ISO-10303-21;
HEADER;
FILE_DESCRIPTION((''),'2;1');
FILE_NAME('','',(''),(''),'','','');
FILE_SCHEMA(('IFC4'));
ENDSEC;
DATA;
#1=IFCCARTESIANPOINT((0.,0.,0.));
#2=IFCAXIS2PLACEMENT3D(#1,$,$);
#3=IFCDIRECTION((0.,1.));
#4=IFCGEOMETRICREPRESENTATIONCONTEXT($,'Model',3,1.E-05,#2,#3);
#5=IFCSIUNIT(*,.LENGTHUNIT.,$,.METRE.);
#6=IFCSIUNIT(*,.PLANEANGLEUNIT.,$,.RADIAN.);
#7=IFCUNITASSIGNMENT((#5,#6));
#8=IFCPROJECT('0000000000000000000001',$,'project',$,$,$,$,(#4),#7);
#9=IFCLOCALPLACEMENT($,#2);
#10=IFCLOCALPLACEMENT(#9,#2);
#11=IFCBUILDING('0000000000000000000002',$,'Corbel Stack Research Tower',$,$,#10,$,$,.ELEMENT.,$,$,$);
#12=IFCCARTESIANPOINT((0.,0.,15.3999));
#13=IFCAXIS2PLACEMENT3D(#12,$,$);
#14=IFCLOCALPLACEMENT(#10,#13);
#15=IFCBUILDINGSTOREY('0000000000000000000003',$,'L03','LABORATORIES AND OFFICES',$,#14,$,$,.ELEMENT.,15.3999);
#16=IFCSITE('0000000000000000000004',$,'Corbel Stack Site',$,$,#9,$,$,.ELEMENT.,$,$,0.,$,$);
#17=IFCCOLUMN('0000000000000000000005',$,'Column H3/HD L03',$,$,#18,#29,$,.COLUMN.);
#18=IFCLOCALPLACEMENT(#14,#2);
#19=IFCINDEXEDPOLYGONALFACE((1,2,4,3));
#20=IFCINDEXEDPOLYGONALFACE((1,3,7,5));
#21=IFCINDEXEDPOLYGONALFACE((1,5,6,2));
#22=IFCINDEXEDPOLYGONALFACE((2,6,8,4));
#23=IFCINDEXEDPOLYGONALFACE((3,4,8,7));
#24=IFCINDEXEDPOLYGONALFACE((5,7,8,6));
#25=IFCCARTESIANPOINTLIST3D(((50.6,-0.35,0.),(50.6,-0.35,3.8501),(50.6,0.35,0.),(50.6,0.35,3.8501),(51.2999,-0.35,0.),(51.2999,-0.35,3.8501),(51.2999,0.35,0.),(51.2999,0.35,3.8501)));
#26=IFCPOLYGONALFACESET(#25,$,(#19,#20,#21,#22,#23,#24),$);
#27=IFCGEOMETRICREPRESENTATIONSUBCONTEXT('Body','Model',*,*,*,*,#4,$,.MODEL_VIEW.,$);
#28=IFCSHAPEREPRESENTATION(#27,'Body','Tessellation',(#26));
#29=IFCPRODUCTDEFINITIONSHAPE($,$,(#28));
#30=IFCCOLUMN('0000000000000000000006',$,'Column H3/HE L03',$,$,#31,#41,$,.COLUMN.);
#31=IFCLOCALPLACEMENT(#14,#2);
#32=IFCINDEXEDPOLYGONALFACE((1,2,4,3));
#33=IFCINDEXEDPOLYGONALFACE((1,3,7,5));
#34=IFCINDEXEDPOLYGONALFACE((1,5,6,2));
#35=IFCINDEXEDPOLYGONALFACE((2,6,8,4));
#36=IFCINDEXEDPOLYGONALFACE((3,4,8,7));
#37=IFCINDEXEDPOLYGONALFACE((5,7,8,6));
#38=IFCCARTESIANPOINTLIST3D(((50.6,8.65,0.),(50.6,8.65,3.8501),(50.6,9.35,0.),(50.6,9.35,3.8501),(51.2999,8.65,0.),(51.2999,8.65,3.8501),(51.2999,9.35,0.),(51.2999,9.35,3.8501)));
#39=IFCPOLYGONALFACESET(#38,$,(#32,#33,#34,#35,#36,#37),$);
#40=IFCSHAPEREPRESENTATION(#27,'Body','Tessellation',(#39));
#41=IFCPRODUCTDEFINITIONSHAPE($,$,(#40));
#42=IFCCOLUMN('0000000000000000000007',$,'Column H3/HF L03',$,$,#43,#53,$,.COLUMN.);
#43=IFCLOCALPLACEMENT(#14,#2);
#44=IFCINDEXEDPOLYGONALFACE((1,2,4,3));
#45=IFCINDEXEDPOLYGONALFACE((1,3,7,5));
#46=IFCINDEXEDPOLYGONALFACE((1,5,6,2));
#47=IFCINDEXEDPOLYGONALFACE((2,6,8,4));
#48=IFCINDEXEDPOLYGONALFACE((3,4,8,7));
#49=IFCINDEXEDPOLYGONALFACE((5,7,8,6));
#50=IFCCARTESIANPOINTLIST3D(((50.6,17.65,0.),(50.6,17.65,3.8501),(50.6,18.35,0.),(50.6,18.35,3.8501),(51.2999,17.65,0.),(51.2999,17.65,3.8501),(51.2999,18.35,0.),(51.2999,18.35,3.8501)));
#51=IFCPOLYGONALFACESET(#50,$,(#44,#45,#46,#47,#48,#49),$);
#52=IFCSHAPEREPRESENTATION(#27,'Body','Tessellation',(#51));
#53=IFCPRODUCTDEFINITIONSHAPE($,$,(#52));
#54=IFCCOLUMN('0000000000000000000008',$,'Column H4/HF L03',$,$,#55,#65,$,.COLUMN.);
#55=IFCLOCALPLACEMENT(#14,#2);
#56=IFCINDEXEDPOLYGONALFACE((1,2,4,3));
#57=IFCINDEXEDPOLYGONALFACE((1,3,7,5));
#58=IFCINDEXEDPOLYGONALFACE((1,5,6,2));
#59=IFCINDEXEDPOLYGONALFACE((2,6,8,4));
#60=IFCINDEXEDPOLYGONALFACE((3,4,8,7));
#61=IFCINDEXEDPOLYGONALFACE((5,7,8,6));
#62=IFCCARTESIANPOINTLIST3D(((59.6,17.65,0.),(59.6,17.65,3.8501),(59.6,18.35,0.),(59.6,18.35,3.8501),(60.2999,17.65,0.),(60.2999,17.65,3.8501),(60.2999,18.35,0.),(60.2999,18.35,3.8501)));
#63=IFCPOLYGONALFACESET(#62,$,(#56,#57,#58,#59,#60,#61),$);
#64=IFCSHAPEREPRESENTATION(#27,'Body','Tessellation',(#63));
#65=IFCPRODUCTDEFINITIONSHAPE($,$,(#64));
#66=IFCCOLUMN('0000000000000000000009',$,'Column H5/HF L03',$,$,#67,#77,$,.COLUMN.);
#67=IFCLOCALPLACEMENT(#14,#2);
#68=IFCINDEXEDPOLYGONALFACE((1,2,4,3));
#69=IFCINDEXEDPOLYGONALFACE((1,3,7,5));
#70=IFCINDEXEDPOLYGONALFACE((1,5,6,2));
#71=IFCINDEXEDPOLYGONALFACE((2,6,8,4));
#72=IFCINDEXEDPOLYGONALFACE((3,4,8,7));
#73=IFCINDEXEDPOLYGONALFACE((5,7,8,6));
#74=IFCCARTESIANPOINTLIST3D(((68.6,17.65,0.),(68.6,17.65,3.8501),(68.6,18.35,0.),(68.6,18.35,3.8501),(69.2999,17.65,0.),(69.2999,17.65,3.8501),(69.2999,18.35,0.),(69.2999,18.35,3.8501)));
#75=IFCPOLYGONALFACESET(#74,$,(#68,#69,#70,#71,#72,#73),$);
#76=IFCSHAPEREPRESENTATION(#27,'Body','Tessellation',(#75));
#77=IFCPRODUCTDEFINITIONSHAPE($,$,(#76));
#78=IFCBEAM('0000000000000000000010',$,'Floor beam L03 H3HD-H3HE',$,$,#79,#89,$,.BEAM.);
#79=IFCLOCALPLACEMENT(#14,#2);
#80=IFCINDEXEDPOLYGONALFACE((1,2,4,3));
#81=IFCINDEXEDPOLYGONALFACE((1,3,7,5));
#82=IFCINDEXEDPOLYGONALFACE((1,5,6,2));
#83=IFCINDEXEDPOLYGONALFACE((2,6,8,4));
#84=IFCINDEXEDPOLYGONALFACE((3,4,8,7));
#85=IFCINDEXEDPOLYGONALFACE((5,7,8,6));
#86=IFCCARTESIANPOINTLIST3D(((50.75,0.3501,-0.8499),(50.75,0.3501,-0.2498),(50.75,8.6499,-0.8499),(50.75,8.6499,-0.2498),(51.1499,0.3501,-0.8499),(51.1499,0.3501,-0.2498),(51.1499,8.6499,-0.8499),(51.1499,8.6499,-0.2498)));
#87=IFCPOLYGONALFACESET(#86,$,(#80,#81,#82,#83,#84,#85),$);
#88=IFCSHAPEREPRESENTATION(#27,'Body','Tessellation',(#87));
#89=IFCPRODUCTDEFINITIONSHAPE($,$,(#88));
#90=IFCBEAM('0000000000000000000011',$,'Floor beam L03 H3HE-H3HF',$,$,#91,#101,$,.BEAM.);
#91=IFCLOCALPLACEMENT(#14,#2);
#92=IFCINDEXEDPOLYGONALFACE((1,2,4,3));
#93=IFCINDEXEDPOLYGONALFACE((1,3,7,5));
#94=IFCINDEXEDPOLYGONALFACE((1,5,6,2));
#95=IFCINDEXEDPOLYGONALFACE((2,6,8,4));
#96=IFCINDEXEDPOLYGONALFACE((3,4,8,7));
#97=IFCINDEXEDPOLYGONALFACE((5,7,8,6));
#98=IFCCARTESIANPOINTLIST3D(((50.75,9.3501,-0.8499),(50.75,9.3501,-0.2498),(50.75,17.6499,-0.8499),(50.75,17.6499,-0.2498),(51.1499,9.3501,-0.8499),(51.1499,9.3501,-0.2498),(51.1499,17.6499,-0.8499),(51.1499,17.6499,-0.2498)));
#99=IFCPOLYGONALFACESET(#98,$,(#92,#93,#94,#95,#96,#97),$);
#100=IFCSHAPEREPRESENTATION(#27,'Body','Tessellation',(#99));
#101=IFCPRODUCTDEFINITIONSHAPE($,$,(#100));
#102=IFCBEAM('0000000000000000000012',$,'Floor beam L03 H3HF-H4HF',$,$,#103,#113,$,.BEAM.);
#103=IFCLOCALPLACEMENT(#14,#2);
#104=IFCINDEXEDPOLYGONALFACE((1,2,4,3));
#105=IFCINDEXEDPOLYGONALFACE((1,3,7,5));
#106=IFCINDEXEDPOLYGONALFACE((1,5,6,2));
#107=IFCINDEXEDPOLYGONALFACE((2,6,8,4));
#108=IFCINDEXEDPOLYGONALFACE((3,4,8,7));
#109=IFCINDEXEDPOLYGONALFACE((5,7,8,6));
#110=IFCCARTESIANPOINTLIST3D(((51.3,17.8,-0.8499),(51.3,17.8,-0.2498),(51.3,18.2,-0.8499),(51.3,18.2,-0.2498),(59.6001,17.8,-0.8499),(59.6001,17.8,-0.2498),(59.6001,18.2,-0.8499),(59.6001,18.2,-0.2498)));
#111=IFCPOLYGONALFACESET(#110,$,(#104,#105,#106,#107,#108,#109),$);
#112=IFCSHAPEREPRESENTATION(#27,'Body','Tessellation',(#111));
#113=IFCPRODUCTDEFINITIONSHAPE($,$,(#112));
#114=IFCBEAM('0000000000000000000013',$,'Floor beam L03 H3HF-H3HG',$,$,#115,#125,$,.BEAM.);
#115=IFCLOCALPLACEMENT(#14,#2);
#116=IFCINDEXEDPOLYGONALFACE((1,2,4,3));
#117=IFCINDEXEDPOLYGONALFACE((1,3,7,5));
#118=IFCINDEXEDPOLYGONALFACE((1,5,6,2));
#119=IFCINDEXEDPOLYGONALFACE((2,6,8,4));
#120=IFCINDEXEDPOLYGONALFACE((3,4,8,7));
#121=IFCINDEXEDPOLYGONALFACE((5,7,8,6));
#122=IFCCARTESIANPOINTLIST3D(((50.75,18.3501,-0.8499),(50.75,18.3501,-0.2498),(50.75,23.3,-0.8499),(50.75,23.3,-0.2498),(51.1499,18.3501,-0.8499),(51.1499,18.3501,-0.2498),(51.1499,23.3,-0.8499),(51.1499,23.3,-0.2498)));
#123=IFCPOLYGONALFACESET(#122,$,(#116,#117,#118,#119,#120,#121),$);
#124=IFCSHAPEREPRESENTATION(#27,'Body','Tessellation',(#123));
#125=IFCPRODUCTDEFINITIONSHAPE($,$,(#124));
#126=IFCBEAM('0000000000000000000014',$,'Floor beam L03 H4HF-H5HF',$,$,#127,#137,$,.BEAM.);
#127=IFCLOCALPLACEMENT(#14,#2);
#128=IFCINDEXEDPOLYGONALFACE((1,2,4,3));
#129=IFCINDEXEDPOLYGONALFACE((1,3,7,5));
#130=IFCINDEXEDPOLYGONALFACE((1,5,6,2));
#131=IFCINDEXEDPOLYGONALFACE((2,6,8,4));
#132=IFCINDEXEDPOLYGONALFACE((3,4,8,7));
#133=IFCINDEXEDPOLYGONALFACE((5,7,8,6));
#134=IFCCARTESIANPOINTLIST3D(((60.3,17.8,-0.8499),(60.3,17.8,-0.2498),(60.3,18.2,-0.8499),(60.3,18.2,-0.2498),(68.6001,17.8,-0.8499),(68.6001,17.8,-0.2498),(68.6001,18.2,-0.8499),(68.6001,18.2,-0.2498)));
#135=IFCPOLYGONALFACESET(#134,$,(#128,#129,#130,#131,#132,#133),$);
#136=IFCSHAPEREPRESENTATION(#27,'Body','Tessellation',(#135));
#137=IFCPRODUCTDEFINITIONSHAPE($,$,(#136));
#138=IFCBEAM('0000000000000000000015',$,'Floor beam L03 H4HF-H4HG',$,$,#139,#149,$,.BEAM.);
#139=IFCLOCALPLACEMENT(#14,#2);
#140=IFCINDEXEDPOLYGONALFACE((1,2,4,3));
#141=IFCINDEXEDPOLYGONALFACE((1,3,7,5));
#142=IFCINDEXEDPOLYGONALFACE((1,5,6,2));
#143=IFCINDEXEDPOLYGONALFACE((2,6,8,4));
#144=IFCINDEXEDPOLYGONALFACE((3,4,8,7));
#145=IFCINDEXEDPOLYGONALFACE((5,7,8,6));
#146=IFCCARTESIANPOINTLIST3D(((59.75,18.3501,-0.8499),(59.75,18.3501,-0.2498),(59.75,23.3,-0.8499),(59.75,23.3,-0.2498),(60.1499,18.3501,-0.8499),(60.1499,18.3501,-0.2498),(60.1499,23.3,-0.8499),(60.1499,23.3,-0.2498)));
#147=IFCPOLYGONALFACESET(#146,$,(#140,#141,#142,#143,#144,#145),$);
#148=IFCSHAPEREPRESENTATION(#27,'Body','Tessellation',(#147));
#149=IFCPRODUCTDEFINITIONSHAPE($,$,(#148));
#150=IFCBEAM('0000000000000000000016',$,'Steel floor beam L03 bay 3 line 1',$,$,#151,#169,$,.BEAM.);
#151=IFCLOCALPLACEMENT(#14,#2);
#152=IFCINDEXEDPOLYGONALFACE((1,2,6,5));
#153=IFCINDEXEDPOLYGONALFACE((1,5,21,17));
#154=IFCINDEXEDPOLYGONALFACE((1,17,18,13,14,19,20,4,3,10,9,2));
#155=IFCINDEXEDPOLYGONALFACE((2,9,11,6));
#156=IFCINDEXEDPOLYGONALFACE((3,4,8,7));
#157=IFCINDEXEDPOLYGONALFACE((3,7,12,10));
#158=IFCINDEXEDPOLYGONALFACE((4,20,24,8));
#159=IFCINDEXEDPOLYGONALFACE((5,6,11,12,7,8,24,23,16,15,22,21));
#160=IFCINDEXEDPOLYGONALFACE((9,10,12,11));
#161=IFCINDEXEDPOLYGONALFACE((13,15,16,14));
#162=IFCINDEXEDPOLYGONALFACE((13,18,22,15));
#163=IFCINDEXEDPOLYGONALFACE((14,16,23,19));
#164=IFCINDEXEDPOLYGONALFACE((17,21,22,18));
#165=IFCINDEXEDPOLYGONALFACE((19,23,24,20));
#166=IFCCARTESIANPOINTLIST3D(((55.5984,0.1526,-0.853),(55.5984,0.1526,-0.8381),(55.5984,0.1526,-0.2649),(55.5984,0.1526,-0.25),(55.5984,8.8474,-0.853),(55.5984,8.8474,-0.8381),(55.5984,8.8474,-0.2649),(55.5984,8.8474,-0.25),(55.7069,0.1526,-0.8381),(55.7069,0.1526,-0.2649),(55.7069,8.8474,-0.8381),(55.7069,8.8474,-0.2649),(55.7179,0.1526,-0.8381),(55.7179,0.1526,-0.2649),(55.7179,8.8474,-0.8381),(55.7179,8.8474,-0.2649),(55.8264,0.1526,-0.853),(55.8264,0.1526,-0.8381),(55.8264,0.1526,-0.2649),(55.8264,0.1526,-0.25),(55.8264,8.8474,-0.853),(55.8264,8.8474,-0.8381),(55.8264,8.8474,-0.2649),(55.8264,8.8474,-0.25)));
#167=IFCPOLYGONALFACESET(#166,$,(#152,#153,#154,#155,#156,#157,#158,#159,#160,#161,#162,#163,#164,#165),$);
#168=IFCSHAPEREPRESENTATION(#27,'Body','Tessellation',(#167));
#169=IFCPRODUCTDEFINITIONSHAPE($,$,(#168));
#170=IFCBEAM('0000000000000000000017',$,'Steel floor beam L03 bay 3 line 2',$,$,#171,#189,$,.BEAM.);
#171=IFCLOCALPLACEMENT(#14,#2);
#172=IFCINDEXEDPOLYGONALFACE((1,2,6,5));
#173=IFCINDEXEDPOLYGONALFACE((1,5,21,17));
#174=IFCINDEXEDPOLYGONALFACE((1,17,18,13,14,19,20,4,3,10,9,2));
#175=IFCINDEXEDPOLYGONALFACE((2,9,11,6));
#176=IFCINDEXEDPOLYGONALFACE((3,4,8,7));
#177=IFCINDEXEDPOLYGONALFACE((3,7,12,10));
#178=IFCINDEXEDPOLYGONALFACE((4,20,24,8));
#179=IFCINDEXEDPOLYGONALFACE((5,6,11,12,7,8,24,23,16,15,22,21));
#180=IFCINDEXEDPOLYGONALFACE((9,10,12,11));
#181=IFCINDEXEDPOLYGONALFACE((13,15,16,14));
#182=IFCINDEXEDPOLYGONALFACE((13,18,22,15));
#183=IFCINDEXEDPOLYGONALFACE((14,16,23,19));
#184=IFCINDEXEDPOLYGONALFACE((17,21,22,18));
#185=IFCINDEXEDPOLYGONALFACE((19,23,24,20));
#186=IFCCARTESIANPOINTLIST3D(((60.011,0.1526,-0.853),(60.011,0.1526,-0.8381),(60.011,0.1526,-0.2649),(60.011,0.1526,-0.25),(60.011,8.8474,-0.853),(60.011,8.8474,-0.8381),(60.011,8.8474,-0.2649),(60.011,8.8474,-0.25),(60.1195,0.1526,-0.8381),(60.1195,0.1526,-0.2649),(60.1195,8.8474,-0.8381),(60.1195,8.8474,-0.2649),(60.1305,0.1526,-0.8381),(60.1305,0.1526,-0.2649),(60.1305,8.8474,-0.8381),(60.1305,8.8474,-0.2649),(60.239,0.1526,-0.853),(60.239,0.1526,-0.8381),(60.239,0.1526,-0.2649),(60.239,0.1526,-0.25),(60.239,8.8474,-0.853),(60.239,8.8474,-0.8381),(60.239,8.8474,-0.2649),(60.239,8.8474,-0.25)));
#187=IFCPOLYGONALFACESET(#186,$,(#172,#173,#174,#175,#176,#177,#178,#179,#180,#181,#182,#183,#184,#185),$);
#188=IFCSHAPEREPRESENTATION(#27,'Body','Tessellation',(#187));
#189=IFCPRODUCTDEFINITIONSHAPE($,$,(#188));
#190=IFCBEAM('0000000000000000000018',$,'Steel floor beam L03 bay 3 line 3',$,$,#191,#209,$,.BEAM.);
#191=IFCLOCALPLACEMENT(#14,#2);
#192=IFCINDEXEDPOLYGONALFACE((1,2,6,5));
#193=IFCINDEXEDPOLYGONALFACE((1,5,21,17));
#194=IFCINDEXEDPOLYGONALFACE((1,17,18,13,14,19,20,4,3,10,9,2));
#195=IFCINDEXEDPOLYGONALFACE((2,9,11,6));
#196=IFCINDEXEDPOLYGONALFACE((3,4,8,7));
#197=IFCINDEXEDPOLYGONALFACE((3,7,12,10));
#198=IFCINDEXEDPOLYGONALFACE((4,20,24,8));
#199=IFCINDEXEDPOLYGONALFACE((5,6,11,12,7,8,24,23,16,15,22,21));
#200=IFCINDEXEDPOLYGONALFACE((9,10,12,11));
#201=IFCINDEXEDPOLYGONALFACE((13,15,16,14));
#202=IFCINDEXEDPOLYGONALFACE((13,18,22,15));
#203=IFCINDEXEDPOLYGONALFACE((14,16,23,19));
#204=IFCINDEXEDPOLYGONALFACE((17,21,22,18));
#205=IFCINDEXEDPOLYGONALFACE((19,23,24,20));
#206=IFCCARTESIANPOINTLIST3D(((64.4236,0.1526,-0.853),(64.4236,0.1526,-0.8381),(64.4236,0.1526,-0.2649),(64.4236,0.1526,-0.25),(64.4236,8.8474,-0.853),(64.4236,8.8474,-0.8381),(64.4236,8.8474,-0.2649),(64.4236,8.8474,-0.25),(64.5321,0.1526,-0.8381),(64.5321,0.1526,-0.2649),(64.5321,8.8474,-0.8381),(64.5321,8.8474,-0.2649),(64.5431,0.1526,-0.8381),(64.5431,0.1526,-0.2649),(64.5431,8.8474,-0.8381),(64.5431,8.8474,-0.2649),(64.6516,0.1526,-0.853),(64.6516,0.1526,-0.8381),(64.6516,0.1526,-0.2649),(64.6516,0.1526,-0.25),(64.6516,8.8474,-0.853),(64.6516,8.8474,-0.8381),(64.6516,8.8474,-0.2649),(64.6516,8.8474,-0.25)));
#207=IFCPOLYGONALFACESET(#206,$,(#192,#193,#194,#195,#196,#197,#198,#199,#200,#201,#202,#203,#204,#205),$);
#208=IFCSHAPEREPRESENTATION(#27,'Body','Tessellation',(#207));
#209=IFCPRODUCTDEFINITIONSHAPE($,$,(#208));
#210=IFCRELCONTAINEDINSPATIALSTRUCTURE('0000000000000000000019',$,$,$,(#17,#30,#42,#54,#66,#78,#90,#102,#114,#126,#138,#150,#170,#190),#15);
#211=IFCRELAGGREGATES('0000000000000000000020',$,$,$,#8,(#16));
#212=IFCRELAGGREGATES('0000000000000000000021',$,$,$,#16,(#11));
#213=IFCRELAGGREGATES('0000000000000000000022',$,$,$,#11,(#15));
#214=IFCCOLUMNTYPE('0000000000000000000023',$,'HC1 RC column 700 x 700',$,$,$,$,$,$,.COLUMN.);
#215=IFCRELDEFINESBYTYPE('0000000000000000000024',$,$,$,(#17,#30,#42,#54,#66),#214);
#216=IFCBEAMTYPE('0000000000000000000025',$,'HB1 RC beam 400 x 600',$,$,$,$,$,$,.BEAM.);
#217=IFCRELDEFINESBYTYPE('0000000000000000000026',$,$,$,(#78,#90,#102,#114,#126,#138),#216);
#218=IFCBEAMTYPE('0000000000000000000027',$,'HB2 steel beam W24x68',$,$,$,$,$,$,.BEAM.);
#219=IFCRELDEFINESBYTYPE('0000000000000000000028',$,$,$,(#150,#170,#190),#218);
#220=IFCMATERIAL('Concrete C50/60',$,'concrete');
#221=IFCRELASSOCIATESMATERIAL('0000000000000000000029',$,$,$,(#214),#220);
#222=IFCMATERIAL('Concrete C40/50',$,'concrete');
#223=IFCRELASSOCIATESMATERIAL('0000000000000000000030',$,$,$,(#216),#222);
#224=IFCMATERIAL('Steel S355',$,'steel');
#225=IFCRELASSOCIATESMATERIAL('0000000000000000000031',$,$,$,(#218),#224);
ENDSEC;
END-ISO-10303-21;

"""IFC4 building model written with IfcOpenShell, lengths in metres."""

from ifc_helpers import new_model, si_unit, direction, frame, origin, origin_2d, place, context, subcontext, project, spatial, rectangle, i_section, extrude, material, material_profile, profile_set, type_object, element, save


model = new_model("IFC4")

# Units and contexts
model_context = context("Model", 3, precision=1e-05, world=origin(), true_north=direction((0.0, 1.0)))
body_context = subcontext(model_context, "Body", "Model", "MODEL_VIEW")
ifc_project = project(units=[si_unit("LENGTHUNIT", "METRE"), si_unit("PLANEANGLEUNIT", "RADIAN")], contexts=[model_context])

# Site, building, storey
site_placement = place(None, origin())
site = spatial("IfcSite", under=ifc_project, at=site_placement, Name="Corbel Stack Site", CompositionType="ELEMENT", RefElevation=0.0)
building_placement = place(site_placement, origin())
building = spatial("IfcBuilding", under=site, at=building_placement, Name="Corbel Stack Research Tower", CompositionType="ELEMENT")
storey_placement = place(building_placement, frame((0.0, 0.0, 15.3999)))
storey = spatial("IfcBuildingStorey", under=building, at=storey_placement, Name="L03", Description="LABORATORIES AND OFFICES", CompositionType="ELEMENT", Elevation=15.3999)

# Columns
ifc_material_1 = material(Name="Concrete C50/60", Category="concrete")
ifc_material_profile_1 = material_profile(ifc_material_1, rectangle(XDim=0.7, YDim=0.7, at=origin_2d()), Name="RC 700 x 700")
ifc_profile_set_1 = profile_set([ifc_material_profile_1], Name="Concrete C50/60")
column_type = type_object("IfcColumnType", Name="HC1 RC column 700 x 700", PredefinedType="COLUMN", material=ifc_profile_set_1)
for number, where, z_axis, x_axis, name in (
    (1, (50.95, 0.0, 0.0), (0.0, 0.0, 1.0), (1.0, 0.0, 0.0), "Column H3/HD L03"),
    (2, (50.95, 9.0, 0.0), (0.0, 0.0, 1.0), (1.0, 0.0, 0.0), "Column H3/HE L03"),
    (3, (50.95, 18.0, 0.0), (0.0, 0.0, 1.0), (1.0, 0.0, 0.0), "Column H3/HF L03"),
    (4, (59.95, 18.0, 0.0), (0.0, 0.0, 1.0), (1.0, 0.0, 0.0), "Column H4/HF L03"),
    (5, (68.95, 18.0, 0.0), (0.0, 0.0, 1.0), (1.0, 0.0, 0.0), "Column H5/HF L03"),
):
    element("IfcColumn", number, at=place(storey_placement, frame(where, z_axis=z_axis, x_axis=x_axis)), inside=storey, type_object=column_type, Name=name, PredefinedType="COLUMN", context=body_context, shape_type="SweptSolid", body=[
        extrude(rectangle(XDim=0.7, YDim=0.7, at=origin_2d()), origin(), (0.0, 0.0, 1.0), 3.8501),
    ])

# Beams
ifc_material_2 = material(Name="Concrete C40/50", Category="concrete")
ifc_material_profile_2 = material_profile(ifc_material_2, rectangle(XDim=0.3999, YDim=0.6001, at=origin_2d()), Name="RC 400 x 600")
ifc_profile_set_2 = profile_set([ifc_material_profile_2], Name="Concrete C40/50")
beam_type_1 = type_object("IfcBeamType", Name="HB1 RC beam 400 x 600", PredefinedType="BEAM", material=ifc_profile_set_2)
for number, where, z_axis, x_axis, name in (
    (6, (50.95, 0.3501, -0.5498), (0.0, 1.0, 0.0), (-1.0, 0.0, 0.0), "Floor beam L03 H3HD-H3HE"),
    (7, (50.95, 9.3501, -0.5498), (0.0, 1.0, 0.0), (-1.0, 0.0, 0.0), "Floor beam L03 H3HE-H3HF"),
):
    element("IfcBeam", number, at=place(storey_placement, frame(where, z_axis=z_axis, x_axis=x_axis)), inside=storey, type_object=beam_type_1, Name=name, PredefinedType="BEAM", context=body_context, shape_type="SweptSolid", body=[
        extrude(rectangle(XDim=0.3999, YDim=0.6001, at=origin_2d()), origin(), (0.0, 0.0, 1.0), 8.2998),
    ])
beam_1_placement = place(storey_placement, frame((51.3, 18.0, -0.5498), z_axis=(1.0, 0.0, 0.0), x_axis=(0.0, 1.0, 0.0)))
element("IfcBeam", 8, at=beam_1_placement, inside=storey, type_object=beam_type_1, Name="Floor beam L03 H3HF-H4HF", PredefinedType="BEAM", context=body_context, shape_type="SweptSolid", body=[
    extrude(rectangle(XDim=0.3999, YDim=0.6001, at=origin_2d()), origin(), (0.0, 0.0, 1.0), 8.3),
])
beam_2_placement = place(storey_placement, frame((50.95, 18.3501, -0.5498), z_axis=(0.0, 1.0, 0.0), x_axis=(-1.0, 0.0, 0.0)))
element("IfcBeam", 9, at=beam_2_placement, inside=storey, type_object=beam_type_1, Name="Floor beam L03 H3HF-H3HG", PredefinedType="BEAM", context=body_context, shape_type="SweptSolid", body=[
    extrude(rectangle(XDim=0.3999, YDim=0.6001, at=origin_2d()), origin(), (0.0, 0.0, 1.0), 4.95),
])
beam_3_placement = place(storey_placement, frame((60.3, 18.0, -0.5498), z_axis=(1.0, 0.0, 0.0), x_axis=(0.0, 1.0, 0.0)))
element("IfcBeam", 10, at=beam_3_placement, inside=storey, type_object=beam_type_1, Name="Floor beam L03 H4HF-H5HF", PredefinedType="BEAM", context=body_context, shape_type="SweptSolid", body=[
    extrude(rectangle(XDim=0.3999, YDim=0.6001, at=origin_2d()), origin(), (0.0, 0.0, 1.0), 8.3),
])
beam_4_placement = place(storey_placement, frame((59.95, 18.3501, -0.5498), z_axis=(0.0, 1.0, 0.0), x_axis=(-1.0, 0.0, 0.0)))
element("IfcBeam", 11, at=beam_4_placement, inside=storey, type_object=beam_type_1, Name="Floor beam L03 H4HF-H4HG", PredefinedType="BEAM", context=body_context, shape_type="SweptSolid", body=[
    extrude(rectangle(XDim=0.3999, YDim=0.6001, at=origin_2d()), origin(), (0.0, 0.0, 1.0), 4.95),
])
ifc_material_3 = material(Name="Steel S355", Category="steel")
ifc_material_profile_3 = material_profile(ifc_material_3, i_section(OverallWidth=0.228, OverallDepth=0.603, WebThickness=0.011, FlangeThickness=0.0149, at=origin_2d()), Name="W24x68")
ifc_profile_set_3 = profile_set([ifc_material_profile_3], Name="Steel S355")
beam_type_2 = type_object("IfcBeamType", Name="HB2 steel beam W24x68", PredefinedType="BEAM", material=ifc_profile_set_3)
for number, where, z_axis, x_axis, name in (
    (12, (55.7124, 0.1526, -0.5515), (0.0, 1.0, 0.0), (-1.0, 0.0, 0.0), "Steel floor beam L03 bay 3 line 1"),
    (13, (60.125, 0.1526, -0.5515), (0.0, 1.0, 0.0), (-1.0, 0.0, 0.0), "Steel floor beam L03 bay 3 line 2"),
    (14, (64.5376, 0.1526, -0.5515), (0.0, 1.0, 0.0), (-1.0, 0.0, 0.0), "Steel floor beam L03 bay 3 line 3"),
):
    element("IfcBeam", number, at=place(storey_placement, frame(where, z_axis=z_axis, x_axis=x_axis)), inside=storey, type_object=beam_type_2, Name=name, PredefinedType="BEAM", context=body_context, shape_type="SweptSolid", body=[
        extrude(i_section(OverallWidth=0.228, OverallDepth=0.603, WebThickness=0.011, FlangeThickness=0.0149, at=origin_2d()), origin(), (0.0, 0.0, 1.0), 8.6948),
    ])

save(model, "model.ifc")
